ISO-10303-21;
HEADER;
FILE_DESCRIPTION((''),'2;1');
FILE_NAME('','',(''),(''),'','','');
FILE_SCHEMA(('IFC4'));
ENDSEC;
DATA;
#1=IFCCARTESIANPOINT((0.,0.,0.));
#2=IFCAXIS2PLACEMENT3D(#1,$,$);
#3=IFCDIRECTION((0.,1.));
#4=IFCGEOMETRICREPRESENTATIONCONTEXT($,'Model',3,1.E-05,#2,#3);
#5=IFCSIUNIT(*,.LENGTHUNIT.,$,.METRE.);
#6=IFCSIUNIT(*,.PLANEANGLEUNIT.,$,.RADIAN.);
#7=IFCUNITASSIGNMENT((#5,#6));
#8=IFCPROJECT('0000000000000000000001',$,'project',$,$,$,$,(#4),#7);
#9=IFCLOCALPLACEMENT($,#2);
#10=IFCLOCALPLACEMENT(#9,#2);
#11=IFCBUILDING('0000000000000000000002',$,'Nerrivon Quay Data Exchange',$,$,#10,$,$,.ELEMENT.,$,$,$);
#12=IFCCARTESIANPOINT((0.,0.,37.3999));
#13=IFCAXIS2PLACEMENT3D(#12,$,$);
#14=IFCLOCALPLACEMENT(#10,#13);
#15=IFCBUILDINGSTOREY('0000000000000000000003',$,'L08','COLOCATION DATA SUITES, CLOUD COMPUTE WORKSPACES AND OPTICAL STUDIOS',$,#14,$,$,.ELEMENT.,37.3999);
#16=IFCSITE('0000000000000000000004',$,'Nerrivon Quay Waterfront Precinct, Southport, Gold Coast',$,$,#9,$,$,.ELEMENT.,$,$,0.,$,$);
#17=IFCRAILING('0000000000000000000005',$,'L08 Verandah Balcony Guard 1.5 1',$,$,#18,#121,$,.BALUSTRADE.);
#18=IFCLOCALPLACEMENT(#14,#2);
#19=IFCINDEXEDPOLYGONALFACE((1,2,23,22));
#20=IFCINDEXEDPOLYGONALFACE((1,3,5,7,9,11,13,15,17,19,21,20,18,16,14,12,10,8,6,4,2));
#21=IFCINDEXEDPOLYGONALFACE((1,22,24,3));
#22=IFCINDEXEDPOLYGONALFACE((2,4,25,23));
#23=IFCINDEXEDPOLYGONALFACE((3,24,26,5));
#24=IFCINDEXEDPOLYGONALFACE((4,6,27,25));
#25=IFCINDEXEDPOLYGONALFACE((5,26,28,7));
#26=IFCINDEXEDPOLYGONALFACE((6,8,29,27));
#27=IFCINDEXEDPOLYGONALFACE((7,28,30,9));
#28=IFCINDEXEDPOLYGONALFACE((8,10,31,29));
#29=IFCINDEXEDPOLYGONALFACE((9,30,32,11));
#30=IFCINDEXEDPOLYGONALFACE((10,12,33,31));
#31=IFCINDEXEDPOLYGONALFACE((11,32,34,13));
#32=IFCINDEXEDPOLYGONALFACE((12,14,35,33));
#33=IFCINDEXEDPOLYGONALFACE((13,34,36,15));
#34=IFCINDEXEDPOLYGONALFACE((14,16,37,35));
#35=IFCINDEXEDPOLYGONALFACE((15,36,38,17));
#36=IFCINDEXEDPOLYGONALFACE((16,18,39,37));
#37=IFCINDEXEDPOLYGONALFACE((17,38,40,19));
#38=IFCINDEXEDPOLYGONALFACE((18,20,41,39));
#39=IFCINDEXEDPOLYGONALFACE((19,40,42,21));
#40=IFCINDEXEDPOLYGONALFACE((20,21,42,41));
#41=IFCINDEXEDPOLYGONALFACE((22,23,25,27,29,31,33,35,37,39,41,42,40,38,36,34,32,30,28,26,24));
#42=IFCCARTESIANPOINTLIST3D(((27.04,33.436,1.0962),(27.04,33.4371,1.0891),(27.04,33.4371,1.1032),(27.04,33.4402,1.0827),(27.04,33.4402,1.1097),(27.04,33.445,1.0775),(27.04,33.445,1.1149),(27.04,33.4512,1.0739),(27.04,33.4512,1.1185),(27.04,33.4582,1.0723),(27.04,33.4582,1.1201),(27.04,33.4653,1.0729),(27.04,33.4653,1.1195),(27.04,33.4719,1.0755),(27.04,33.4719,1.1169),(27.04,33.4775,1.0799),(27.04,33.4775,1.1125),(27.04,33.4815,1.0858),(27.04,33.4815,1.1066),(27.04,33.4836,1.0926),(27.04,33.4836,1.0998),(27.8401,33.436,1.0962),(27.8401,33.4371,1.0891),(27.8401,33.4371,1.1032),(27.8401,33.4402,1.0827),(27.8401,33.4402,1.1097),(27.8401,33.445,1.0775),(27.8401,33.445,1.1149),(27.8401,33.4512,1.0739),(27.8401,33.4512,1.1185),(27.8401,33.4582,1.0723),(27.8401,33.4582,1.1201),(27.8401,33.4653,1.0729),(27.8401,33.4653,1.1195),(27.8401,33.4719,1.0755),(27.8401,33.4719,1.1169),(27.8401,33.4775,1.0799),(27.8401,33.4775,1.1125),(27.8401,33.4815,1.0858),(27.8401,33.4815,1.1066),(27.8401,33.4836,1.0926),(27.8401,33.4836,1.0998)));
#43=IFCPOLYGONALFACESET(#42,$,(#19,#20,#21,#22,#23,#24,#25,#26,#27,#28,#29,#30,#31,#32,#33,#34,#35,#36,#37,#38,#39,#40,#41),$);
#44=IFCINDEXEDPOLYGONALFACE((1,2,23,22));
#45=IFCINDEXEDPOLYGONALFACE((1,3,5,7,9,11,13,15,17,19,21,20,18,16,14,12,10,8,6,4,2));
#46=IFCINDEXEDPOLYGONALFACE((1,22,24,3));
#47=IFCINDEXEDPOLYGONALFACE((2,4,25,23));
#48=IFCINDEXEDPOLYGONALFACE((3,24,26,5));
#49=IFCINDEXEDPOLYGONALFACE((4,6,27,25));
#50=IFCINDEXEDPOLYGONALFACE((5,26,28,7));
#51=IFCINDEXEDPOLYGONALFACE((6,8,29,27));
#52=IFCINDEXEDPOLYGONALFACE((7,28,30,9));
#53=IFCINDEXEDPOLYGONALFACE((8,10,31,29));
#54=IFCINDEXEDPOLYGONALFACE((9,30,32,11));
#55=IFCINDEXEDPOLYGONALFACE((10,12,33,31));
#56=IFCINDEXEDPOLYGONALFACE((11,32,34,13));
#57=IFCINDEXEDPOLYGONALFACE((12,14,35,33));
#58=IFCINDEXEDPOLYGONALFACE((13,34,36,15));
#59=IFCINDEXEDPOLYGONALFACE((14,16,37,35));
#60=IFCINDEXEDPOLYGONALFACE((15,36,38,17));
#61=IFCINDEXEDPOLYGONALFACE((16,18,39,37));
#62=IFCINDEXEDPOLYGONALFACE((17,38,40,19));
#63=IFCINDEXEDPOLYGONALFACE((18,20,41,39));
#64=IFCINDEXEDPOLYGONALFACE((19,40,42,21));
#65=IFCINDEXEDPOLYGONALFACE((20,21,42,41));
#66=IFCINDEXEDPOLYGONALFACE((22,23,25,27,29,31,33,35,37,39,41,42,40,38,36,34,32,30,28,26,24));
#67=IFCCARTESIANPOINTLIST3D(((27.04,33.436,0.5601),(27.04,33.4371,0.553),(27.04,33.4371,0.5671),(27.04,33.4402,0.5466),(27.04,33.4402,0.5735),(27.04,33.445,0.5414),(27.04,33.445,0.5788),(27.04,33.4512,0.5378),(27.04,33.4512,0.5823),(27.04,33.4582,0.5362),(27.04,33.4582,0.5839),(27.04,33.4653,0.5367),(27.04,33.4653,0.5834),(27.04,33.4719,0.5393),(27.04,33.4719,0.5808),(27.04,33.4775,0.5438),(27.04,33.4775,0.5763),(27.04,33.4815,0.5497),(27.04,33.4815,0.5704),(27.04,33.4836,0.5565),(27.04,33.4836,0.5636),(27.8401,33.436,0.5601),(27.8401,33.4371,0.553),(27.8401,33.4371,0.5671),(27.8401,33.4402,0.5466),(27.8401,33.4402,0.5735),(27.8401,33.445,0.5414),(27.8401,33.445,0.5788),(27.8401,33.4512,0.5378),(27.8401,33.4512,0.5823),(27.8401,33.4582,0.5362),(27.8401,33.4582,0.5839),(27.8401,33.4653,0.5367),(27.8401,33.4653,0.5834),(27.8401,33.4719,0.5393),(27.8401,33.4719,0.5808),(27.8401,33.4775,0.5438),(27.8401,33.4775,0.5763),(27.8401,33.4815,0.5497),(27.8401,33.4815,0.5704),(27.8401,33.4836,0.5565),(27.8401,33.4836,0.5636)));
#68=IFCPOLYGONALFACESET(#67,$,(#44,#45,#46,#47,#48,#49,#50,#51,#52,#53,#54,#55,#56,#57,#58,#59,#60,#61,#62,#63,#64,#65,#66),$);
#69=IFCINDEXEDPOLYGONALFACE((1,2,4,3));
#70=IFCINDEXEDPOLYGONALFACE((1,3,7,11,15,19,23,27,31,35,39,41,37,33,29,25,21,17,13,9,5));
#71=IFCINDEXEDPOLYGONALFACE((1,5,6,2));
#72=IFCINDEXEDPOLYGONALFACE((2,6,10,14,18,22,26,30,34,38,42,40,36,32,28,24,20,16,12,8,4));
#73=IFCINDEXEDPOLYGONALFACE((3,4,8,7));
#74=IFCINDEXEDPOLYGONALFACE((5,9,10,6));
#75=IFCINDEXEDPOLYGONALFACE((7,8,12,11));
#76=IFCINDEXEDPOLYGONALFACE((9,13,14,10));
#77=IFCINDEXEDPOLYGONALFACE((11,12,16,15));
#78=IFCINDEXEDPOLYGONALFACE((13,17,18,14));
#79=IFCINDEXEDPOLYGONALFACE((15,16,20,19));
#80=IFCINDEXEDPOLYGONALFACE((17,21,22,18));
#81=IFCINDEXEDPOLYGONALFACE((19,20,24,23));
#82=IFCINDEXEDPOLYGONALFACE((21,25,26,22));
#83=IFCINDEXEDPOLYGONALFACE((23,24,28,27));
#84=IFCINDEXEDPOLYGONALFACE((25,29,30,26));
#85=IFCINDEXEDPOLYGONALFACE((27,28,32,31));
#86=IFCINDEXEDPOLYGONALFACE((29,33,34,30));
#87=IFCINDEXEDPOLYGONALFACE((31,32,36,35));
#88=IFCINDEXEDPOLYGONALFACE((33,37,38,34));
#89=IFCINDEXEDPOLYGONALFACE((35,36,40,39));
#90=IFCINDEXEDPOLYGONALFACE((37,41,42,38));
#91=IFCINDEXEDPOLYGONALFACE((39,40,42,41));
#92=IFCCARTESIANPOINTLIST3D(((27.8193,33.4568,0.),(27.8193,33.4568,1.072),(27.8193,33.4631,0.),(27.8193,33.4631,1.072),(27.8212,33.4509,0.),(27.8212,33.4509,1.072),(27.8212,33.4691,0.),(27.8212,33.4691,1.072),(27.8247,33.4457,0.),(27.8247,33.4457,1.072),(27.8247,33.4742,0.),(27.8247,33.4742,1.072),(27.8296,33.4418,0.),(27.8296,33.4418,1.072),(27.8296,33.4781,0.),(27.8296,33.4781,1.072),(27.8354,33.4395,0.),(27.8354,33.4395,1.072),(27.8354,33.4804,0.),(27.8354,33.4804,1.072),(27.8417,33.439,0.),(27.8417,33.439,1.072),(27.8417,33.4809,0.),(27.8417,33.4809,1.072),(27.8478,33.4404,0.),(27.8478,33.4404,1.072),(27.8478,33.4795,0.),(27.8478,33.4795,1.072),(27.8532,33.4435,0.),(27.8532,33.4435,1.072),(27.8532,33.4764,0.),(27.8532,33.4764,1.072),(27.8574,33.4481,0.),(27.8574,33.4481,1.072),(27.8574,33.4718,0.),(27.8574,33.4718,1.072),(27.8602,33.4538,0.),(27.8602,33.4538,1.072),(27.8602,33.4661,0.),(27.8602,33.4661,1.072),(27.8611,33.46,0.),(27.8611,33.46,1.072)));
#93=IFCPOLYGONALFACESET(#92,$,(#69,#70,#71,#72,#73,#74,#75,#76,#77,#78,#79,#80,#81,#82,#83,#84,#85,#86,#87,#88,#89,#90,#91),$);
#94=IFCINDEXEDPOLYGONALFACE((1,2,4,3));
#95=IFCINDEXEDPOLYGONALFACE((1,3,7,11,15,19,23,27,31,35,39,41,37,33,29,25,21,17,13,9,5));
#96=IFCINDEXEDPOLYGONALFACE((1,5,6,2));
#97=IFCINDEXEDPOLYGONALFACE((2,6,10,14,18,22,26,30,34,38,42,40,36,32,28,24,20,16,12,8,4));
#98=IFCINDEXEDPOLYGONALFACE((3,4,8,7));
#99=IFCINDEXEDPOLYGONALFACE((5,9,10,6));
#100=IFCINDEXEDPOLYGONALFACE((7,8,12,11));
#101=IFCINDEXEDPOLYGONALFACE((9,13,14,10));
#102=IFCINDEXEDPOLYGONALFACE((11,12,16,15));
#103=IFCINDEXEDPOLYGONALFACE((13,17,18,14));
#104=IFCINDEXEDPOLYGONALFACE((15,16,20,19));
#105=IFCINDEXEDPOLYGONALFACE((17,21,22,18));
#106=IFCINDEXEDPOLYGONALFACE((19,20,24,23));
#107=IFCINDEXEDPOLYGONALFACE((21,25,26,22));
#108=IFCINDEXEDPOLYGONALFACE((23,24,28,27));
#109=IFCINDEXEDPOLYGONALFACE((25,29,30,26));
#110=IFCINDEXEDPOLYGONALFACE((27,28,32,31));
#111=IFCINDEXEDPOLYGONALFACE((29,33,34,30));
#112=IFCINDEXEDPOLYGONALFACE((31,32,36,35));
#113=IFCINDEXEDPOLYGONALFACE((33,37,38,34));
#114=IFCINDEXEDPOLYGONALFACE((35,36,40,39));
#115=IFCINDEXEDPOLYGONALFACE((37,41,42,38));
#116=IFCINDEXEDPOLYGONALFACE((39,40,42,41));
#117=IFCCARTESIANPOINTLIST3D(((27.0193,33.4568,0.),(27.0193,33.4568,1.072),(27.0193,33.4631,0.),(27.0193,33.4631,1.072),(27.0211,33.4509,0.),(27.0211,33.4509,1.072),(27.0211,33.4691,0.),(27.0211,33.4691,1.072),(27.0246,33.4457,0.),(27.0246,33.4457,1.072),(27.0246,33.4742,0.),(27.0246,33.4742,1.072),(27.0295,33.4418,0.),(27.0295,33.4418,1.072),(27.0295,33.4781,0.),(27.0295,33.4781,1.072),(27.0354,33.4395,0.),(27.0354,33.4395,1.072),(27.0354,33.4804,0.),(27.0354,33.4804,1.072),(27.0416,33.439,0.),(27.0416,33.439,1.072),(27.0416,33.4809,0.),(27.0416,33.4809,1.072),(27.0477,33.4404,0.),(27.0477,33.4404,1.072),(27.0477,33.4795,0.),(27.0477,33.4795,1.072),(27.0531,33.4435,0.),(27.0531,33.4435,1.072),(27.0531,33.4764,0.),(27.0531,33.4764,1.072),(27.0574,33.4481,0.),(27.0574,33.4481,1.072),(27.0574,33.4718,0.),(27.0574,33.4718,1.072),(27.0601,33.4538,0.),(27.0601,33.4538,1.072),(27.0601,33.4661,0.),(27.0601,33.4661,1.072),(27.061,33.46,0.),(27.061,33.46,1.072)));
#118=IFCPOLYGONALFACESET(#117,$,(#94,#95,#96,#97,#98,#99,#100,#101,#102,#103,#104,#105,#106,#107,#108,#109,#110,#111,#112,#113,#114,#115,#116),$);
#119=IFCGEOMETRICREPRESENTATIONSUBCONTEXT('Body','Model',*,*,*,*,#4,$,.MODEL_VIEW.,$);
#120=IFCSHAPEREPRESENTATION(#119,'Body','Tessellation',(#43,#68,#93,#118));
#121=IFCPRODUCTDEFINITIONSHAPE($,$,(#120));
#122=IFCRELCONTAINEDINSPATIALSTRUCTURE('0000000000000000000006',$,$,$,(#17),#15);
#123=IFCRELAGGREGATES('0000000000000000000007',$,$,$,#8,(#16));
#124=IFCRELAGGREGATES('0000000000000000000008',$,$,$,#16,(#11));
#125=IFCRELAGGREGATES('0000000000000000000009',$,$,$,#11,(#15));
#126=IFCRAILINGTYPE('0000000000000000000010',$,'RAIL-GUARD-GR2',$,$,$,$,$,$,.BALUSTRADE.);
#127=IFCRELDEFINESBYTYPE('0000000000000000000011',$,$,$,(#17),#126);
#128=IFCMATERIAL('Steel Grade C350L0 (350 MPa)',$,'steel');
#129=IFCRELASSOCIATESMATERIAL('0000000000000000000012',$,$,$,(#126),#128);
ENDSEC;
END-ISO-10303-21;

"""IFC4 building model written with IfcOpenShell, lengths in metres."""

from ifc_helpers import new_model, si_unit, direction, frame, origin, origin_2d, place, context, subcontext, project, spatial, circle, extrude, material, type_object, element, save


model = new_model("IFC4")

# Units and contexts
model_context = context("Model", 3, precision=1e-05, world=origin(), true_north=direction((0.0, 1.0)))
body_context = subcontext(model_context, "Body", "Model", "MODEL_VIEW")
ifc_project = project(units=[si_unit("LENGTHUNIT", "METRE"), si_unit("PLANEANGLEUNIT", "RADIAN")], contexts=[model_context])

# Site, building, storey
site_placement = place(None, origin())
site = spatial("IfcSite", under=ifc_project, at=site_placement, Name="Nerrivon Quay Waterfront Precinct, Southport, Gold Coast", CompositionType="ELEMENT", RefElevation=0.0)
building_placement = place(site_placement, origin())
building = spatial("IfcBuilding", under=site, at=building_placement, Name="Nerrivon Quay Data Exchange", CompositionType="ELEMENT")
storey_placement = place(building_placement, frame((0.0, 0.0, 37.3999)))
storey = spatial("IfcBuildingStorey", under=building, at=storey_placement, Name="L08", Description="COLOCATION DATA SUITES, CLOUD COMPUTE WORKSPACES AND OPTICAL STUDIOS", CompositionType="ELEMENT", Elevation=37.3999)

# Railing
ifc_material_1 = material(Name="Steel Grade C350L0 (350 MPa)", Category="steel")
railing_type = type_object("IfcRailingType", Name="RAIL-GUARD-GR2", PredefinedType="BALUSTRADE", material=ifc_material_1)
railing_1_placement = place(storey_placement, frame((27.8401, 33.46, 0.0)))
element("IfcRailing", 1, at=railing_1_placement, inside=storey, type_object=railing_type, Name="L08 Verandah Balcony Guard 1.5 1", PredefinedType="BALUSTRADE", context=body_context, shape_type="SweptSolid", body=[
    extrude(circle(Radius=0.0239, at=origin_2d()), frame((0.0, 0.0, 1.0962), z_axis=(-1.0, 0.0, 0.0), x_axis=(0.0, -1.0, 0.0)), (0.0, 0.0, 1.0), 0.8),
    extrude(circle(Radius=0.0239, at=origin_2d()), frame((0.0, 0.0, 0.5601), z_axis=(-1.0, 0.0, 0.0), x_axis=(0.0, -1.0, 0.0)), (0.0, 0.0, 1.0), 0.8),
    extrude(circle(Radius=0.021, at=origin_2d()), origin(), (0.0, 0.0, 1.0), 1.072),
    extrude(circle(Radius=0.021, at=origin_2d()), frame((-0.8, 0.0, 0.0)), (0.0, 0.0, 1.0), 1.072),
])

save(model, "model.ifc")
